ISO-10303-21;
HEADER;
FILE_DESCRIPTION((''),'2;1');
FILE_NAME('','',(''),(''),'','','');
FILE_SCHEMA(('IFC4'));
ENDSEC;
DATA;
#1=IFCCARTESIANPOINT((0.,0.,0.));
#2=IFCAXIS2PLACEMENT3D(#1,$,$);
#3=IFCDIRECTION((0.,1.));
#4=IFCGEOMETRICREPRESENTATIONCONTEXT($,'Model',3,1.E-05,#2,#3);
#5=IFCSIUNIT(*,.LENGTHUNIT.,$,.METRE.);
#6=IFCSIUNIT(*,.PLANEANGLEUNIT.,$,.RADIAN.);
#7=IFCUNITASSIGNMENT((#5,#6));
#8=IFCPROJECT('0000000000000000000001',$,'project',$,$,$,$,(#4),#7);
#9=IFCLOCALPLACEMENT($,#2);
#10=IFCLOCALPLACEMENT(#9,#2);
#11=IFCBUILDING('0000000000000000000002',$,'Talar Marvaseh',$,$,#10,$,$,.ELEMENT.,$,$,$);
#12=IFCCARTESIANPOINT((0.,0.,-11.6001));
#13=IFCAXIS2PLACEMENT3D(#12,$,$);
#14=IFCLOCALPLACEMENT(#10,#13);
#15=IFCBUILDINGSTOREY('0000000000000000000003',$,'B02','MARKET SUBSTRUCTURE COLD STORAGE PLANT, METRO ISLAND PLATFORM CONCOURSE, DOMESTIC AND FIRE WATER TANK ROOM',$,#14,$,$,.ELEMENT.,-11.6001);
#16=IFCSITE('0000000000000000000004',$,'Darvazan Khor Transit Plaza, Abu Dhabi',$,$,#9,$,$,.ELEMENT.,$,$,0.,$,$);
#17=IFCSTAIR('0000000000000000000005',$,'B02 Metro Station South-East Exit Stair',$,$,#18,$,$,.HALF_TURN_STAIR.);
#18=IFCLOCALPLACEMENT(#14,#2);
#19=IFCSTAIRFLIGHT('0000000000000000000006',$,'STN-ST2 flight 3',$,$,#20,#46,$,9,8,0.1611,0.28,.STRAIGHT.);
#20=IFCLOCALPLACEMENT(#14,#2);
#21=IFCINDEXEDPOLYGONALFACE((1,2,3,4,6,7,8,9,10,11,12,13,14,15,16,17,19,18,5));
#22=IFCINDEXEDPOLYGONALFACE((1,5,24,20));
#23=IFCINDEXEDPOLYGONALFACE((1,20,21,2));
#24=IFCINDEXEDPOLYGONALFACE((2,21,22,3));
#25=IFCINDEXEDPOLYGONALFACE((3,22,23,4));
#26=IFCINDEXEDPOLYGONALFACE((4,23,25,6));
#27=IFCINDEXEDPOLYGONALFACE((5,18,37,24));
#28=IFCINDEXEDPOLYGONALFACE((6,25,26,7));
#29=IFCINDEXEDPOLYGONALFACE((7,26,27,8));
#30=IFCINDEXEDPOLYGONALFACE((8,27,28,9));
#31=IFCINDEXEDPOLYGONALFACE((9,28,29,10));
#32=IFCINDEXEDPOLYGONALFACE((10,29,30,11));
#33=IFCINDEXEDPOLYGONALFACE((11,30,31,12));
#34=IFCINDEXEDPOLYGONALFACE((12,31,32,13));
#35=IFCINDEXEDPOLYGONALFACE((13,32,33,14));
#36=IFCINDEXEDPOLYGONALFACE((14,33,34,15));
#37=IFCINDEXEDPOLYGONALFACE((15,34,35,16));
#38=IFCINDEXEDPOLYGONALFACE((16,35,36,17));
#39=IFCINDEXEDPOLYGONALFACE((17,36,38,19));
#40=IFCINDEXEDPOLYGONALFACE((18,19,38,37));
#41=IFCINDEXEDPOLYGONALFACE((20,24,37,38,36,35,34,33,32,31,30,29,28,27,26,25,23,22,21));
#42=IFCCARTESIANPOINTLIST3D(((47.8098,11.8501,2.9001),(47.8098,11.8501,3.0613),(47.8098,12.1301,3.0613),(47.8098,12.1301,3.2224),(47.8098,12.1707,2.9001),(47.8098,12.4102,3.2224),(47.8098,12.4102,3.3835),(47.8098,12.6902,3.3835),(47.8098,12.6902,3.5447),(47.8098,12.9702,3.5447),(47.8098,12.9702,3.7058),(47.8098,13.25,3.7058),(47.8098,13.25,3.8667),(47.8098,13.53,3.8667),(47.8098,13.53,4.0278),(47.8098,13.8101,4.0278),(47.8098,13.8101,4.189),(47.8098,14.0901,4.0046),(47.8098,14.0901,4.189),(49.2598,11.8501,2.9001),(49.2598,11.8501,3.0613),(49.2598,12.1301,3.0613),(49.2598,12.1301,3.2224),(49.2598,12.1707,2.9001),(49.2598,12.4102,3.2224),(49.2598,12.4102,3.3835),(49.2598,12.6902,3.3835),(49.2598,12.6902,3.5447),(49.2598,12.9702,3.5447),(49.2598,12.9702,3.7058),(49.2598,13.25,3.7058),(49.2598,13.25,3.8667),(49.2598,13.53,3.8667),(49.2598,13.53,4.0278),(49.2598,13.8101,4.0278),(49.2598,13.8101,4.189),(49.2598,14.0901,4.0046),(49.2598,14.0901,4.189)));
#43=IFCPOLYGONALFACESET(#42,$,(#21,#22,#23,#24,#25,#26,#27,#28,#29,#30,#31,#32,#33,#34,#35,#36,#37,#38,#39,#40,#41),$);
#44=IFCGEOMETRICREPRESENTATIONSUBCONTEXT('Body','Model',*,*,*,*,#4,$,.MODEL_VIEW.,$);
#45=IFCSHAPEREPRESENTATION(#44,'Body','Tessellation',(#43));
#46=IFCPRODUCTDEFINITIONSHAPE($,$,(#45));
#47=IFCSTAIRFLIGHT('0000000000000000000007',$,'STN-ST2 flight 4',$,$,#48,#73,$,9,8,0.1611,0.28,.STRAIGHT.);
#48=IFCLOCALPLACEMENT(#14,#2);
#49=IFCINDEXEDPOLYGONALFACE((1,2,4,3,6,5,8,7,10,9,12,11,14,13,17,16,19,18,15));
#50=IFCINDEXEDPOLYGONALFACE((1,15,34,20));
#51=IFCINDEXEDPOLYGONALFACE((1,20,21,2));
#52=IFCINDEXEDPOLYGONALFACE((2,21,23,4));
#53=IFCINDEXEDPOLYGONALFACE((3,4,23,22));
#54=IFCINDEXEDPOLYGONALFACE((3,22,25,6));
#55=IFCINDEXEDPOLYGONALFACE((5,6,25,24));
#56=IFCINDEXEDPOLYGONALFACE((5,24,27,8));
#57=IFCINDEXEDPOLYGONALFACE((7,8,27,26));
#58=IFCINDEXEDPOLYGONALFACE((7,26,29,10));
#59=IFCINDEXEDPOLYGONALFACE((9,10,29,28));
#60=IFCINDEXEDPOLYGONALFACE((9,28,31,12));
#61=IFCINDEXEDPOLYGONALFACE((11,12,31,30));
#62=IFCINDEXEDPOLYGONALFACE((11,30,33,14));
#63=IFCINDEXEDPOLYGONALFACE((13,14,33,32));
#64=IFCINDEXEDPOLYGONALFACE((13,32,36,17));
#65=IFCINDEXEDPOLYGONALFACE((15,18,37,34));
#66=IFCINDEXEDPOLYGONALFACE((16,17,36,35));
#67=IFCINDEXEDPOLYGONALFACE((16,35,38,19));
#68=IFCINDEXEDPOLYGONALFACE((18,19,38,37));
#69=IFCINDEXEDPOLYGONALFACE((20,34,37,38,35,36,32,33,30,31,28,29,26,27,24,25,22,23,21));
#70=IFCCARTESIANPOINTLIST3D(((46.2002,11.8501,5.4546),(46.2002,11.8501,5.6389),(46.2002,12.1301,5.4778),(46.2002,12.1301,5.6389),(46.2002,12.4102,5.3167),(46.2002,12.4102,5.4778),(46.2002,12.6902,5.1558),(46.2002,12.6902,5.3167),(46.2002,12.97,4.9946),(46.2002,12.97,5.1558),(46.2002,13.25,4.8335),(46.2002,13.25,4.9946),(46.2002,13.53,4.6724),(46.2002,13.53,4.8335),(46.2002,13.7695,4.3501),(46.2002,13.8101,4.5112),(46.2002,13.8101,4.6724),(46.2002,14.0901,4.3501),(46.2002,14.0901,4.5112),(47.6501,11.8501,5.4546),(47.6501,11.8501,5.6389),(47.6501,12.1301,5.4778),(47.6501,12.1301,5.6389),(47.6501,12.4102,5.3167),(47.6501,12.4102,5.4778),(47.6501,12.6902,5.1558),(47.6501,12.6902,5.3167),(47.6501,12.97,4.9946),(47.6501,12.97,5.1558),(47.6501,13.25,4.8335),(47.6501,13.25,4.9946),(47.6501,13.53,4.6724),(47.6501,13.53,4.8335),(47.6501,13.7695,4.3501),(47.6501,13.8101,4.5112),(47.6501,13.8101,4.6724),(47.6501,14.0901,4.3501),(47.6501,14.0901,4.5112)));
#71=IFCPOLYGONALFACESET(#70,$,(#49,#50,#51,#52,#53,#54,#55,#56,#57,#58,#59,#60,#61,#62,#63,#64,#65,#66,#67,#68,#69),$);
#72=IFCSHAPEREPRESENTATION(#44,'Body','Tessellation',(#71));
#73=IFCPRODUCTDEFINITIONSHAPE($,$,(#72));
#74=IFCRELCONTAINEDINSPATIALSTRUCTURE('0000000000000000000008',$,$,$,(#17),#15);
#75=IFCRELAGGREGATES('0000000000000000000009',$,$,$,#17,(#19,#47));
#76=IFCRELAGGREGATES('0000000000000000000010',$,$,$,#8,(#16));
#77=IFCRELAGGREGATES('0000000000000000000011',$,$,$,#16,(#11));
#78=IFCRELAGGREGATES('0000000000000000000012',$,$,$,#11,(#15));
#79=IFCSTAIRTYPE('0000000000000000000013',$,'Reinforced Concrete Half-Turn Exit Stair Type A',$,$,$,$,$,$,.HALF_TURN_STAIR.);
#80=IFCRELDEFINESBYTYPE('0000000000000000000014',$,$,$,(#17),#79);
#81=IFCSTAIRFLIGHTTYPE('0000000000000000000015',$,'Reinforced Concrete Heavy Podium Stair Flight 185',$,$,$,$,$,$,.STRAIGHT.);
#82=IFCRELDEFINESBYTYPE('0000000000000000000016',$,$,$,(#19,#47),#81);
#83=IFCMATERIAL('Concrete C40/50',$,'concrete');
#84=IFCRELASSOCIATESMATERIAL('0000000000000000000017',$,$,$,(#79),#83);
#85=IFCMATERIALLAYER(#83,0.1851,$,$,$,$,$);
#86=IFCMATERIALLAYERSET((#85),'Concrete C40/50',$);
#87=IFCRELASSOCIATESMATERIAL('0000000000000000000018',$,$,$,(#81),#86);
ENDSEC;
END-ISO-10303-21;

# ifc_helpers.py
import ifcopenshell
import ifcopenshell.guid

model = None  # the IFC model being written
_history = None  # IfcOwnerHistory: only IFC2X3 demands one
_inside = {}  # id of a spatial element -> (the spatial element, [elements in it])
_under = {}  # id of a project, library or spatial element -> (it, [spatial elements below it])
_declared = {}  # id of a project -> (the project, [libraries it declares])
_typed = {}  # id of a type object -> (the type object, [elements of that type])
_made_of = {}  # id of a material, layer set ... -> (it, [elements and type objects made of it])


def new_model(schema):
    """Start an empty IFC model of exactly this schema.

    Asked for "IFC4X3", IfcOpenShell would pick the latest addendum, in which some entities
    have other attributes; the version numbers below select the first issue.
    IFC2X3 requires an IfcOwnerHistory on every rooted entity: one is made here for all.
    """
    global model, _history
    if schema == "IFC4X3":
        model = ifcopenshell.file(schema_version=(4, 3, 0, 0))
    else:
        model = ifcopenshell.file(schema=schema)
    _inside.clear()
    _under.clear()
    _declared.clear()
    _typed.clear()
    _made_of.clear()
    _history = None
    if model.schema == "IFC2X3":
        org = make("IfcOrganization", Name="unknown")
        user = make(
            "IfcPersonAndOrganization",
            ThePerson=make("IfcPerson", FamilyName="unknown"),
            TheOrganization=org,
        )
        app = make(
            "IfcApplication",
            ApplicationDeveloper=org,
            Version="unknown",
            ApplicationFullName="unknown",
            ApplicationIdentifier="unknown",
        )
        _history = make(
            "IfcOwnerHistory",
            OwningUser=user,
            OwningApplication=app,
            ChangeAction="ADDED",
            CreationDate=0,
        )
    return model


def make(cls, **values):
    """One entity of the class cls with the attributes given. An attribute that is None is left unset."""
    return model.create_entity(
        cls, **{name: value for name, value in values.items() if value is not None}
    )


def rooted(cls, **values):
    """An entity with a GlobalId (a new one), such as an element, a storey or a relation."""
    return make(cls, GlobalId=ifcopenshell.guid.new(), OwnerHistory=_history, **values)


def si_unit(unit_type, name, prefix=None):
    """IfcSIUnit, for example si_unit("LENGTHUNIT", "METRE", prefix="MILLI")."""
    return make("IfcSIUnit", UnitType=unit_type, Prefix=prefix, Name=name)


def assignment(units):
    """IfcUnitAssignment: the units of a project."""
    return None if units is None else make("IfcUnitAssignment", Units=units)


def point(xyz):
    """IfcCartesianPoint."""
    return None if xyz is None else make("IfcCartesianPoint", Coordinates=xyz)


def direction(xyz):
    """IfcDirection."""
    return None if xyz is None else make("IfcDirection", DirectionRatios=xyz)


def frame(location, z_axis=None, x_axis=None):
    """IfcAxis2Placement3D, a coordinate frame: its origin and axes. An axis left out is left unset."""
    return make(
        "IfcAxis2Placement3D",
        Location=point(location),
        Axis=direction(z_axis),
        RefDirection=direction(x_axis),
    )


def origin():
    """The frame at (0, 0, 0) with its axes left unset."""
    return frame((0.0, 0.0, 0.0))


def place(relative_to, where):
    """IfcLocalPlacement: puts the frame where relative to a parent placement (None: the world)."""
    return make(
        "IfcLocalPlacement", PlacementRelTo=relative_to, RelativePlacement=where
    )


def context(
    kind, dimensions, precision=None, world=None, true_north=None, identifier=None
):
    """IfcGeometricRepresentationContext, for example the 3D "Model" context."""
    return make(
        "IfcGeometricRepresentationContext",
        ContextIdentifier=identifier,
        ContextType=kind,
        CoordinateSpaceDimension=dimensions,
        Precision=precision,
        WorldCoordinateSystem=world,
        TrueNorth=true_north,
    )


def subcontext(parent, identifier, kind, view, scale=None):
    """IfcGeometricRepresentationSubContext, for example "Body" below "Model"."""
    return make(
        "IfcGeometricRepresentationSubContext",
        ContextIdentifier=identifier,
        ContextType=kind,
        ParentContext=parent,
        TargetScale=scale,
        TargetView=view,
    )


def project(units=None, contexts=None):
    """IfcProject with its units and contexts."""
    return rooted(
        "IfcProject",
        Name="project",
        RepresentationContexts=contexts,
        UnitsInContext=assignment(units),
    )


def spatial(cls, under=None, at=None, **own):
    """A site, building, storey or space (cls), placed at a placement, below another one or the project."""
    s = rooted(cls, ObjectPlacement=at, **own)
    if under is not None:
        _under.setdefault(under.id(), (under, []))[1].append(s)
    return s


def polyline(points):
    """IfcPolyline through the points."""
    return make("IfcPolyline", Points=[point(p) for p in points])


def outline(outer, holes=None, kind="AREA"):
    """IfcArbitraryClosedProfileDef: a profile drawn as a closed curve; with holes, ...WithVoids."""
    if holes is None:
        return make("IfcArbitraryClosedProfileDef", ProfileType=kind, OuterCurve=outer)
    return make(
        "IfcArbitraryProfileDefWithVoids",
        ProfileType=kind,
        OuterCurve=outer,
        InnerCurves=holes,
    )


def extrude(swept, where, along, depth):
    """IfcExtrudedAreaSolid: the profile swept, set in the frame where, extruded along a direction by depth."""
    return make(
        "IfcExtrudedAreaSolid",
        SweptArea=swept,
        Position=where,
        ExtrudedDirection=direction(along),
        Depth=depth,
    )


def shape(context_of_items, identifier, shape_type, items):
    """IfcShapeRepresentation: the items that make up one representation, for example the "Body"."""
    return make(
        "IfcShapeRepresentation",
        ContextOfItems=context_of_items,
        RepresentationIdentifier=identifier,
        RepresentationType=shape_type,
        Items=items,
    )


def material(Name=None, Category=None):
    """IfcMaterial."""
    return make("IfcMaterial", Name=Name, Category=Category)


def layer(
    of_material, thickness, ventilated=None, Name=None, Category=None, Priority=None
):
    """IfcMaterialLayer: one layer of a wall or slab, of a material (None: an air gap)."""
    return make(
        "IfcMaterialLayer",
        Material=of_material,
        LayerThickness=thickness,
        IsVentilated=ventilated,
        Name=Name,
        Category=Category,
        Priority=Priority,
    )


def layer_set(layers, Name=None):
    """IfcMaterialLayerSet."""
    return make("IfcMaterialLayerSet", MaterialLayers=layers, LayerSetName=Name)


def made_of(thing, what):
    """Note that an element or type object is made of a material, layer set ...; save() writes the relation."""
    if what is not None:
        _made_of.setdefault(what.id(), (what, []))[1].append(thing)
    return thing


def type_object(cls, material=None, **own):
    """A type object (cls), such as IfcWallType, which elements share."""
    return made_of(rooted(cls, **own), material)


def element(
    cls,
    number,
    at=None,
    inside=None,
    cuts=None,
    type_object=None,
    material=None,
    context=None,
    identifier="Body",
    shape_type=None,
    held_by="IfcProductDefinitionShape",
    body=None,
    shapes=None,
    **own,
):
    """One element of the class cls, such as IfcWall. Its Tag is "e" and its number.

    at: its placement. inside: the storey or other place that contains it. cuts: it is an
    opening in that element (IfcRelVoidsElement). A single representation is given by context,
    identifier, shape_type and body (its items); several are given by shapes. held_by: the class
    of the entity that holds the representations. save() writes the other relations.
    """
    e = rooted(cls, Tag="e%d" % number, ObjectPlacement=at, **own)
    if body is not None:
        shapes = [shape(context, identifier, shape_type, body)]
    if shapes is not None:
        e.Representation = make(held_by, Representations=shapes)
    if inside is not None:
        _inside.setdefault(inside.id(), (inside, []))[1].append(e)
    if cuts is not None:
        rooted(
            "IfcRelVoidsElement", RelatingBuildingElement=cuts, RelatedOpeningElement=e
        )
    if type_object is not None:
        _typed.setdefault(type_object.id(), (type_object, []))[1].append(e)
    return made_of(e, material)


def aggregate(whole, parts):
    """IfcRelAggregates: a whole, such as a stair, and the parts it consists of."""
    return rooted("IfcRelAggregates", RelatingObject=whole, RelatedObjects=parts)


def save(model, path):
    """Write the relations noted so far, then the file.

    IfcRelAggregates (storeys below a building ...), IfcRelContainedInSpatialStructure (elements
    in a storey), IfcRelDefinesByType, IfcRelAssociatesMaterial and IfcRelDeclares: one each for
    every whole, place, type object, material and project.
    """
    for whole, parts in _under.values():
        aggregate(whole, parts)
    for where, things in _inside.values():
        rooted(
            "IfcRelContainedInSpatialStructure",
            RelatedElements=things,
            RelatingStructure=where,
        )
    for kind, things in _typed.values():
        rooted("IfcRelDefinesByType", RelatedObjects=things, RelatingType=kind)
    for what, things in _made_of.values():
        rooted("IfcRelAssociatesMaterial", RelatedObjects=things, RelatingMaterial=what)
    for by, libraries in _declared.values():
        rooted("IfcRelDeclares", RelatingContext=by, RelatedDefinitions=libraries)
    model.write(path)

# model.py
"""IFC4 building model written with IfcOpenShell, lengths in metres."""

from ifc_helpers import new_model, si_unit, direction, frame, origin, place, context, subcontext, project, spatial, polyline, outline, extrude, material, layer, layer_set, type_object, element, aggregate, save


model = new_model("IFC4")

# Units and contexts
model_context = context("Model", 3, precision=1e-05, world=origin(), true_north=direction((0.0, 1.0)))
body_context = subcontext(model_context, "Body", "Model", "MODEL_VIEW")
ifc_project = project(units=[si_unit("LENGTHUNIT", "METRE"), si_unit("PLANEANGLEUNIT", "RADIAN")], contexts=[model_context])

# Site, building, storey
site_placement = place(None, origin())
site = spatial("IfcSite", under=ifc_project, at=site_placement, Name="Darvazan Khor Transit Plaza, Abu Dhabi", CompositionType="ELEMENT", RefElevation=0.0)
building_placement = place(site_placement, origin())
building = spatial("IfcBuilding", under=site, at=building_placement, Name="Talar Marvaseh", CompositionType="ELEMENT")
storey_placement = place(building_placement, frame((0.0, 0.0, -11.6001)))
storey = spatial("IfcBuildingStorey", under=building, at=storey_placement, Name="B02", Description="MARKET SUBSTRUCTURE COLD STORAGE PLANT, METRO ISLAND PLATFORM CONCOURSE, DOMESTIC AND FIRE WATER TANK ROOM", CompositionType="ELEMENT", Elevation=-11.6001)

# Stair, stair flights
ifc_material_1 = material(Name="Concrete C40/50", Category="concrete")
stair_type = type_object("IfcStairType", Name="Reinforced Concrete Half-Turn Exit Stair Type A", PredefinedType="HALF_TURN_STAIR", material=ifc_material_1)
stair_placement = place(storey_placement, origin())
stair = element("IfcStair", 1, at=stair_placement, inside=storey, type_object=stair_type, Name="B02 Metro Station South-East Exit Stair", PredefinedType="HALF_TURN_STAIR")
ifc_layer_1 = layer(ifc_material_1, 0.1851)
ifc_layer_set_1 = layer_set([ifc_layer_1], Name="Concrete C40/50")
stair_flight_type = type_object("IfcStairFlightType", Name="Reinforced Concrete Heavy Podium Stair Flight 185", PredefinedType="STRAIGHT", material=ifc_layer_set_1)
stair_flight_1_placement = place(storey_placement, frame((48.5349, 11.8501, 2.9001), z_axis=(0.0, 0.0, 1.0), x_axis=(0.0, 1.0, 0.0)))
stair_flight_1 = element("IfcStairFlight", 2, at=stair_flight_1_placement, type_object=stair_flight_type, Name="STN-ST2 flight 3", NumberOfRisers=9, NumberOfTreads=8, PredefinedType="STRAIGHT", RiserHeight=0.1611, TreadLength=0.28, context=body_context, shape_type="SweptSolid", body=[
    extrude(outline(polyline([(0.0, 0.0), (0.0, 0.1611), (0.28, 0.1611), (0.28, 0.3223), (0.5601, 0.3223), (0.5601, 0.4834), (0.8401, 0.4834), (0.8401, 0.6445), (1.1201, 0.6445), (1.1201, 0.8057), (1.3999, 0.8057), (1.3999, 0.9666), (1.6799, 0.9666), (1.6799, 1.1277), (1.96, 1.1277), (1.96, 1.2888), (2.24, 1.2888), (2.24, 1.45), (2.24, 1.1045), (0.3206, 0.0), (0.0, 0.0)])), frame((0.0, 0.7251, 0.0), z_axis=(0.0, -1.0, 0.0), x_axis=(1.0, 0.0, 0.0)), (0.0, 0.0, 1.0), 1.45),
])
stair_flight_2_placement = place(storey_placement, frame((46.925, 14.0901, 4.3501), z_axis=(0.0, 0.0, 1.0), x_axis=(0.0, -1.0, 0.0)))
stair_flight_2 = element("IfcStairFlight", 3, at=stair_flight_2_placement, type_object=stair_flight_type, Name="STN-ST2 flight 4", NumberOfRisers=9, NumberOfTreads=8, PredefinedType="STRAIGHT", RiserHeight=0.1611, TreadLength=0.28, context=body_context, shape_type="SweptSolid", body=[
    extrude(outline(polyline([(0.0, 0.0), (0.0, 0.1611), (0.28, 0.1611), (0.28, 0.3223), (0.5601, 0.3223), (0.5601, 0.4834), (0.8401, 0.4834), (0.8401, 0.6445), (1.1201, 0.6445), (1.1201, 0.8057), (1.3999, 0.8057), (1.3999, 0.9666), (1.6799, 0.9666), (1.6799, 1.1277), (1.96, 1.1277), (1.96, 1.2888), (2.24, 1.2888), (2.24, 1.45), (2.24, 1.1045), (0.3206, 0.0), (0.0, 0.0)])), frame((0.0, 0.7251, 0.0), z_axis=(0.0, -1.0, 0.0), x_axis=(1.0, 0.0, 0.0)), (0.0, 0.0, 1.0), 1.45),
])
aggregate(stair, [stair_flight_1, stair_flight_2])

save(model, "model.ifc")
